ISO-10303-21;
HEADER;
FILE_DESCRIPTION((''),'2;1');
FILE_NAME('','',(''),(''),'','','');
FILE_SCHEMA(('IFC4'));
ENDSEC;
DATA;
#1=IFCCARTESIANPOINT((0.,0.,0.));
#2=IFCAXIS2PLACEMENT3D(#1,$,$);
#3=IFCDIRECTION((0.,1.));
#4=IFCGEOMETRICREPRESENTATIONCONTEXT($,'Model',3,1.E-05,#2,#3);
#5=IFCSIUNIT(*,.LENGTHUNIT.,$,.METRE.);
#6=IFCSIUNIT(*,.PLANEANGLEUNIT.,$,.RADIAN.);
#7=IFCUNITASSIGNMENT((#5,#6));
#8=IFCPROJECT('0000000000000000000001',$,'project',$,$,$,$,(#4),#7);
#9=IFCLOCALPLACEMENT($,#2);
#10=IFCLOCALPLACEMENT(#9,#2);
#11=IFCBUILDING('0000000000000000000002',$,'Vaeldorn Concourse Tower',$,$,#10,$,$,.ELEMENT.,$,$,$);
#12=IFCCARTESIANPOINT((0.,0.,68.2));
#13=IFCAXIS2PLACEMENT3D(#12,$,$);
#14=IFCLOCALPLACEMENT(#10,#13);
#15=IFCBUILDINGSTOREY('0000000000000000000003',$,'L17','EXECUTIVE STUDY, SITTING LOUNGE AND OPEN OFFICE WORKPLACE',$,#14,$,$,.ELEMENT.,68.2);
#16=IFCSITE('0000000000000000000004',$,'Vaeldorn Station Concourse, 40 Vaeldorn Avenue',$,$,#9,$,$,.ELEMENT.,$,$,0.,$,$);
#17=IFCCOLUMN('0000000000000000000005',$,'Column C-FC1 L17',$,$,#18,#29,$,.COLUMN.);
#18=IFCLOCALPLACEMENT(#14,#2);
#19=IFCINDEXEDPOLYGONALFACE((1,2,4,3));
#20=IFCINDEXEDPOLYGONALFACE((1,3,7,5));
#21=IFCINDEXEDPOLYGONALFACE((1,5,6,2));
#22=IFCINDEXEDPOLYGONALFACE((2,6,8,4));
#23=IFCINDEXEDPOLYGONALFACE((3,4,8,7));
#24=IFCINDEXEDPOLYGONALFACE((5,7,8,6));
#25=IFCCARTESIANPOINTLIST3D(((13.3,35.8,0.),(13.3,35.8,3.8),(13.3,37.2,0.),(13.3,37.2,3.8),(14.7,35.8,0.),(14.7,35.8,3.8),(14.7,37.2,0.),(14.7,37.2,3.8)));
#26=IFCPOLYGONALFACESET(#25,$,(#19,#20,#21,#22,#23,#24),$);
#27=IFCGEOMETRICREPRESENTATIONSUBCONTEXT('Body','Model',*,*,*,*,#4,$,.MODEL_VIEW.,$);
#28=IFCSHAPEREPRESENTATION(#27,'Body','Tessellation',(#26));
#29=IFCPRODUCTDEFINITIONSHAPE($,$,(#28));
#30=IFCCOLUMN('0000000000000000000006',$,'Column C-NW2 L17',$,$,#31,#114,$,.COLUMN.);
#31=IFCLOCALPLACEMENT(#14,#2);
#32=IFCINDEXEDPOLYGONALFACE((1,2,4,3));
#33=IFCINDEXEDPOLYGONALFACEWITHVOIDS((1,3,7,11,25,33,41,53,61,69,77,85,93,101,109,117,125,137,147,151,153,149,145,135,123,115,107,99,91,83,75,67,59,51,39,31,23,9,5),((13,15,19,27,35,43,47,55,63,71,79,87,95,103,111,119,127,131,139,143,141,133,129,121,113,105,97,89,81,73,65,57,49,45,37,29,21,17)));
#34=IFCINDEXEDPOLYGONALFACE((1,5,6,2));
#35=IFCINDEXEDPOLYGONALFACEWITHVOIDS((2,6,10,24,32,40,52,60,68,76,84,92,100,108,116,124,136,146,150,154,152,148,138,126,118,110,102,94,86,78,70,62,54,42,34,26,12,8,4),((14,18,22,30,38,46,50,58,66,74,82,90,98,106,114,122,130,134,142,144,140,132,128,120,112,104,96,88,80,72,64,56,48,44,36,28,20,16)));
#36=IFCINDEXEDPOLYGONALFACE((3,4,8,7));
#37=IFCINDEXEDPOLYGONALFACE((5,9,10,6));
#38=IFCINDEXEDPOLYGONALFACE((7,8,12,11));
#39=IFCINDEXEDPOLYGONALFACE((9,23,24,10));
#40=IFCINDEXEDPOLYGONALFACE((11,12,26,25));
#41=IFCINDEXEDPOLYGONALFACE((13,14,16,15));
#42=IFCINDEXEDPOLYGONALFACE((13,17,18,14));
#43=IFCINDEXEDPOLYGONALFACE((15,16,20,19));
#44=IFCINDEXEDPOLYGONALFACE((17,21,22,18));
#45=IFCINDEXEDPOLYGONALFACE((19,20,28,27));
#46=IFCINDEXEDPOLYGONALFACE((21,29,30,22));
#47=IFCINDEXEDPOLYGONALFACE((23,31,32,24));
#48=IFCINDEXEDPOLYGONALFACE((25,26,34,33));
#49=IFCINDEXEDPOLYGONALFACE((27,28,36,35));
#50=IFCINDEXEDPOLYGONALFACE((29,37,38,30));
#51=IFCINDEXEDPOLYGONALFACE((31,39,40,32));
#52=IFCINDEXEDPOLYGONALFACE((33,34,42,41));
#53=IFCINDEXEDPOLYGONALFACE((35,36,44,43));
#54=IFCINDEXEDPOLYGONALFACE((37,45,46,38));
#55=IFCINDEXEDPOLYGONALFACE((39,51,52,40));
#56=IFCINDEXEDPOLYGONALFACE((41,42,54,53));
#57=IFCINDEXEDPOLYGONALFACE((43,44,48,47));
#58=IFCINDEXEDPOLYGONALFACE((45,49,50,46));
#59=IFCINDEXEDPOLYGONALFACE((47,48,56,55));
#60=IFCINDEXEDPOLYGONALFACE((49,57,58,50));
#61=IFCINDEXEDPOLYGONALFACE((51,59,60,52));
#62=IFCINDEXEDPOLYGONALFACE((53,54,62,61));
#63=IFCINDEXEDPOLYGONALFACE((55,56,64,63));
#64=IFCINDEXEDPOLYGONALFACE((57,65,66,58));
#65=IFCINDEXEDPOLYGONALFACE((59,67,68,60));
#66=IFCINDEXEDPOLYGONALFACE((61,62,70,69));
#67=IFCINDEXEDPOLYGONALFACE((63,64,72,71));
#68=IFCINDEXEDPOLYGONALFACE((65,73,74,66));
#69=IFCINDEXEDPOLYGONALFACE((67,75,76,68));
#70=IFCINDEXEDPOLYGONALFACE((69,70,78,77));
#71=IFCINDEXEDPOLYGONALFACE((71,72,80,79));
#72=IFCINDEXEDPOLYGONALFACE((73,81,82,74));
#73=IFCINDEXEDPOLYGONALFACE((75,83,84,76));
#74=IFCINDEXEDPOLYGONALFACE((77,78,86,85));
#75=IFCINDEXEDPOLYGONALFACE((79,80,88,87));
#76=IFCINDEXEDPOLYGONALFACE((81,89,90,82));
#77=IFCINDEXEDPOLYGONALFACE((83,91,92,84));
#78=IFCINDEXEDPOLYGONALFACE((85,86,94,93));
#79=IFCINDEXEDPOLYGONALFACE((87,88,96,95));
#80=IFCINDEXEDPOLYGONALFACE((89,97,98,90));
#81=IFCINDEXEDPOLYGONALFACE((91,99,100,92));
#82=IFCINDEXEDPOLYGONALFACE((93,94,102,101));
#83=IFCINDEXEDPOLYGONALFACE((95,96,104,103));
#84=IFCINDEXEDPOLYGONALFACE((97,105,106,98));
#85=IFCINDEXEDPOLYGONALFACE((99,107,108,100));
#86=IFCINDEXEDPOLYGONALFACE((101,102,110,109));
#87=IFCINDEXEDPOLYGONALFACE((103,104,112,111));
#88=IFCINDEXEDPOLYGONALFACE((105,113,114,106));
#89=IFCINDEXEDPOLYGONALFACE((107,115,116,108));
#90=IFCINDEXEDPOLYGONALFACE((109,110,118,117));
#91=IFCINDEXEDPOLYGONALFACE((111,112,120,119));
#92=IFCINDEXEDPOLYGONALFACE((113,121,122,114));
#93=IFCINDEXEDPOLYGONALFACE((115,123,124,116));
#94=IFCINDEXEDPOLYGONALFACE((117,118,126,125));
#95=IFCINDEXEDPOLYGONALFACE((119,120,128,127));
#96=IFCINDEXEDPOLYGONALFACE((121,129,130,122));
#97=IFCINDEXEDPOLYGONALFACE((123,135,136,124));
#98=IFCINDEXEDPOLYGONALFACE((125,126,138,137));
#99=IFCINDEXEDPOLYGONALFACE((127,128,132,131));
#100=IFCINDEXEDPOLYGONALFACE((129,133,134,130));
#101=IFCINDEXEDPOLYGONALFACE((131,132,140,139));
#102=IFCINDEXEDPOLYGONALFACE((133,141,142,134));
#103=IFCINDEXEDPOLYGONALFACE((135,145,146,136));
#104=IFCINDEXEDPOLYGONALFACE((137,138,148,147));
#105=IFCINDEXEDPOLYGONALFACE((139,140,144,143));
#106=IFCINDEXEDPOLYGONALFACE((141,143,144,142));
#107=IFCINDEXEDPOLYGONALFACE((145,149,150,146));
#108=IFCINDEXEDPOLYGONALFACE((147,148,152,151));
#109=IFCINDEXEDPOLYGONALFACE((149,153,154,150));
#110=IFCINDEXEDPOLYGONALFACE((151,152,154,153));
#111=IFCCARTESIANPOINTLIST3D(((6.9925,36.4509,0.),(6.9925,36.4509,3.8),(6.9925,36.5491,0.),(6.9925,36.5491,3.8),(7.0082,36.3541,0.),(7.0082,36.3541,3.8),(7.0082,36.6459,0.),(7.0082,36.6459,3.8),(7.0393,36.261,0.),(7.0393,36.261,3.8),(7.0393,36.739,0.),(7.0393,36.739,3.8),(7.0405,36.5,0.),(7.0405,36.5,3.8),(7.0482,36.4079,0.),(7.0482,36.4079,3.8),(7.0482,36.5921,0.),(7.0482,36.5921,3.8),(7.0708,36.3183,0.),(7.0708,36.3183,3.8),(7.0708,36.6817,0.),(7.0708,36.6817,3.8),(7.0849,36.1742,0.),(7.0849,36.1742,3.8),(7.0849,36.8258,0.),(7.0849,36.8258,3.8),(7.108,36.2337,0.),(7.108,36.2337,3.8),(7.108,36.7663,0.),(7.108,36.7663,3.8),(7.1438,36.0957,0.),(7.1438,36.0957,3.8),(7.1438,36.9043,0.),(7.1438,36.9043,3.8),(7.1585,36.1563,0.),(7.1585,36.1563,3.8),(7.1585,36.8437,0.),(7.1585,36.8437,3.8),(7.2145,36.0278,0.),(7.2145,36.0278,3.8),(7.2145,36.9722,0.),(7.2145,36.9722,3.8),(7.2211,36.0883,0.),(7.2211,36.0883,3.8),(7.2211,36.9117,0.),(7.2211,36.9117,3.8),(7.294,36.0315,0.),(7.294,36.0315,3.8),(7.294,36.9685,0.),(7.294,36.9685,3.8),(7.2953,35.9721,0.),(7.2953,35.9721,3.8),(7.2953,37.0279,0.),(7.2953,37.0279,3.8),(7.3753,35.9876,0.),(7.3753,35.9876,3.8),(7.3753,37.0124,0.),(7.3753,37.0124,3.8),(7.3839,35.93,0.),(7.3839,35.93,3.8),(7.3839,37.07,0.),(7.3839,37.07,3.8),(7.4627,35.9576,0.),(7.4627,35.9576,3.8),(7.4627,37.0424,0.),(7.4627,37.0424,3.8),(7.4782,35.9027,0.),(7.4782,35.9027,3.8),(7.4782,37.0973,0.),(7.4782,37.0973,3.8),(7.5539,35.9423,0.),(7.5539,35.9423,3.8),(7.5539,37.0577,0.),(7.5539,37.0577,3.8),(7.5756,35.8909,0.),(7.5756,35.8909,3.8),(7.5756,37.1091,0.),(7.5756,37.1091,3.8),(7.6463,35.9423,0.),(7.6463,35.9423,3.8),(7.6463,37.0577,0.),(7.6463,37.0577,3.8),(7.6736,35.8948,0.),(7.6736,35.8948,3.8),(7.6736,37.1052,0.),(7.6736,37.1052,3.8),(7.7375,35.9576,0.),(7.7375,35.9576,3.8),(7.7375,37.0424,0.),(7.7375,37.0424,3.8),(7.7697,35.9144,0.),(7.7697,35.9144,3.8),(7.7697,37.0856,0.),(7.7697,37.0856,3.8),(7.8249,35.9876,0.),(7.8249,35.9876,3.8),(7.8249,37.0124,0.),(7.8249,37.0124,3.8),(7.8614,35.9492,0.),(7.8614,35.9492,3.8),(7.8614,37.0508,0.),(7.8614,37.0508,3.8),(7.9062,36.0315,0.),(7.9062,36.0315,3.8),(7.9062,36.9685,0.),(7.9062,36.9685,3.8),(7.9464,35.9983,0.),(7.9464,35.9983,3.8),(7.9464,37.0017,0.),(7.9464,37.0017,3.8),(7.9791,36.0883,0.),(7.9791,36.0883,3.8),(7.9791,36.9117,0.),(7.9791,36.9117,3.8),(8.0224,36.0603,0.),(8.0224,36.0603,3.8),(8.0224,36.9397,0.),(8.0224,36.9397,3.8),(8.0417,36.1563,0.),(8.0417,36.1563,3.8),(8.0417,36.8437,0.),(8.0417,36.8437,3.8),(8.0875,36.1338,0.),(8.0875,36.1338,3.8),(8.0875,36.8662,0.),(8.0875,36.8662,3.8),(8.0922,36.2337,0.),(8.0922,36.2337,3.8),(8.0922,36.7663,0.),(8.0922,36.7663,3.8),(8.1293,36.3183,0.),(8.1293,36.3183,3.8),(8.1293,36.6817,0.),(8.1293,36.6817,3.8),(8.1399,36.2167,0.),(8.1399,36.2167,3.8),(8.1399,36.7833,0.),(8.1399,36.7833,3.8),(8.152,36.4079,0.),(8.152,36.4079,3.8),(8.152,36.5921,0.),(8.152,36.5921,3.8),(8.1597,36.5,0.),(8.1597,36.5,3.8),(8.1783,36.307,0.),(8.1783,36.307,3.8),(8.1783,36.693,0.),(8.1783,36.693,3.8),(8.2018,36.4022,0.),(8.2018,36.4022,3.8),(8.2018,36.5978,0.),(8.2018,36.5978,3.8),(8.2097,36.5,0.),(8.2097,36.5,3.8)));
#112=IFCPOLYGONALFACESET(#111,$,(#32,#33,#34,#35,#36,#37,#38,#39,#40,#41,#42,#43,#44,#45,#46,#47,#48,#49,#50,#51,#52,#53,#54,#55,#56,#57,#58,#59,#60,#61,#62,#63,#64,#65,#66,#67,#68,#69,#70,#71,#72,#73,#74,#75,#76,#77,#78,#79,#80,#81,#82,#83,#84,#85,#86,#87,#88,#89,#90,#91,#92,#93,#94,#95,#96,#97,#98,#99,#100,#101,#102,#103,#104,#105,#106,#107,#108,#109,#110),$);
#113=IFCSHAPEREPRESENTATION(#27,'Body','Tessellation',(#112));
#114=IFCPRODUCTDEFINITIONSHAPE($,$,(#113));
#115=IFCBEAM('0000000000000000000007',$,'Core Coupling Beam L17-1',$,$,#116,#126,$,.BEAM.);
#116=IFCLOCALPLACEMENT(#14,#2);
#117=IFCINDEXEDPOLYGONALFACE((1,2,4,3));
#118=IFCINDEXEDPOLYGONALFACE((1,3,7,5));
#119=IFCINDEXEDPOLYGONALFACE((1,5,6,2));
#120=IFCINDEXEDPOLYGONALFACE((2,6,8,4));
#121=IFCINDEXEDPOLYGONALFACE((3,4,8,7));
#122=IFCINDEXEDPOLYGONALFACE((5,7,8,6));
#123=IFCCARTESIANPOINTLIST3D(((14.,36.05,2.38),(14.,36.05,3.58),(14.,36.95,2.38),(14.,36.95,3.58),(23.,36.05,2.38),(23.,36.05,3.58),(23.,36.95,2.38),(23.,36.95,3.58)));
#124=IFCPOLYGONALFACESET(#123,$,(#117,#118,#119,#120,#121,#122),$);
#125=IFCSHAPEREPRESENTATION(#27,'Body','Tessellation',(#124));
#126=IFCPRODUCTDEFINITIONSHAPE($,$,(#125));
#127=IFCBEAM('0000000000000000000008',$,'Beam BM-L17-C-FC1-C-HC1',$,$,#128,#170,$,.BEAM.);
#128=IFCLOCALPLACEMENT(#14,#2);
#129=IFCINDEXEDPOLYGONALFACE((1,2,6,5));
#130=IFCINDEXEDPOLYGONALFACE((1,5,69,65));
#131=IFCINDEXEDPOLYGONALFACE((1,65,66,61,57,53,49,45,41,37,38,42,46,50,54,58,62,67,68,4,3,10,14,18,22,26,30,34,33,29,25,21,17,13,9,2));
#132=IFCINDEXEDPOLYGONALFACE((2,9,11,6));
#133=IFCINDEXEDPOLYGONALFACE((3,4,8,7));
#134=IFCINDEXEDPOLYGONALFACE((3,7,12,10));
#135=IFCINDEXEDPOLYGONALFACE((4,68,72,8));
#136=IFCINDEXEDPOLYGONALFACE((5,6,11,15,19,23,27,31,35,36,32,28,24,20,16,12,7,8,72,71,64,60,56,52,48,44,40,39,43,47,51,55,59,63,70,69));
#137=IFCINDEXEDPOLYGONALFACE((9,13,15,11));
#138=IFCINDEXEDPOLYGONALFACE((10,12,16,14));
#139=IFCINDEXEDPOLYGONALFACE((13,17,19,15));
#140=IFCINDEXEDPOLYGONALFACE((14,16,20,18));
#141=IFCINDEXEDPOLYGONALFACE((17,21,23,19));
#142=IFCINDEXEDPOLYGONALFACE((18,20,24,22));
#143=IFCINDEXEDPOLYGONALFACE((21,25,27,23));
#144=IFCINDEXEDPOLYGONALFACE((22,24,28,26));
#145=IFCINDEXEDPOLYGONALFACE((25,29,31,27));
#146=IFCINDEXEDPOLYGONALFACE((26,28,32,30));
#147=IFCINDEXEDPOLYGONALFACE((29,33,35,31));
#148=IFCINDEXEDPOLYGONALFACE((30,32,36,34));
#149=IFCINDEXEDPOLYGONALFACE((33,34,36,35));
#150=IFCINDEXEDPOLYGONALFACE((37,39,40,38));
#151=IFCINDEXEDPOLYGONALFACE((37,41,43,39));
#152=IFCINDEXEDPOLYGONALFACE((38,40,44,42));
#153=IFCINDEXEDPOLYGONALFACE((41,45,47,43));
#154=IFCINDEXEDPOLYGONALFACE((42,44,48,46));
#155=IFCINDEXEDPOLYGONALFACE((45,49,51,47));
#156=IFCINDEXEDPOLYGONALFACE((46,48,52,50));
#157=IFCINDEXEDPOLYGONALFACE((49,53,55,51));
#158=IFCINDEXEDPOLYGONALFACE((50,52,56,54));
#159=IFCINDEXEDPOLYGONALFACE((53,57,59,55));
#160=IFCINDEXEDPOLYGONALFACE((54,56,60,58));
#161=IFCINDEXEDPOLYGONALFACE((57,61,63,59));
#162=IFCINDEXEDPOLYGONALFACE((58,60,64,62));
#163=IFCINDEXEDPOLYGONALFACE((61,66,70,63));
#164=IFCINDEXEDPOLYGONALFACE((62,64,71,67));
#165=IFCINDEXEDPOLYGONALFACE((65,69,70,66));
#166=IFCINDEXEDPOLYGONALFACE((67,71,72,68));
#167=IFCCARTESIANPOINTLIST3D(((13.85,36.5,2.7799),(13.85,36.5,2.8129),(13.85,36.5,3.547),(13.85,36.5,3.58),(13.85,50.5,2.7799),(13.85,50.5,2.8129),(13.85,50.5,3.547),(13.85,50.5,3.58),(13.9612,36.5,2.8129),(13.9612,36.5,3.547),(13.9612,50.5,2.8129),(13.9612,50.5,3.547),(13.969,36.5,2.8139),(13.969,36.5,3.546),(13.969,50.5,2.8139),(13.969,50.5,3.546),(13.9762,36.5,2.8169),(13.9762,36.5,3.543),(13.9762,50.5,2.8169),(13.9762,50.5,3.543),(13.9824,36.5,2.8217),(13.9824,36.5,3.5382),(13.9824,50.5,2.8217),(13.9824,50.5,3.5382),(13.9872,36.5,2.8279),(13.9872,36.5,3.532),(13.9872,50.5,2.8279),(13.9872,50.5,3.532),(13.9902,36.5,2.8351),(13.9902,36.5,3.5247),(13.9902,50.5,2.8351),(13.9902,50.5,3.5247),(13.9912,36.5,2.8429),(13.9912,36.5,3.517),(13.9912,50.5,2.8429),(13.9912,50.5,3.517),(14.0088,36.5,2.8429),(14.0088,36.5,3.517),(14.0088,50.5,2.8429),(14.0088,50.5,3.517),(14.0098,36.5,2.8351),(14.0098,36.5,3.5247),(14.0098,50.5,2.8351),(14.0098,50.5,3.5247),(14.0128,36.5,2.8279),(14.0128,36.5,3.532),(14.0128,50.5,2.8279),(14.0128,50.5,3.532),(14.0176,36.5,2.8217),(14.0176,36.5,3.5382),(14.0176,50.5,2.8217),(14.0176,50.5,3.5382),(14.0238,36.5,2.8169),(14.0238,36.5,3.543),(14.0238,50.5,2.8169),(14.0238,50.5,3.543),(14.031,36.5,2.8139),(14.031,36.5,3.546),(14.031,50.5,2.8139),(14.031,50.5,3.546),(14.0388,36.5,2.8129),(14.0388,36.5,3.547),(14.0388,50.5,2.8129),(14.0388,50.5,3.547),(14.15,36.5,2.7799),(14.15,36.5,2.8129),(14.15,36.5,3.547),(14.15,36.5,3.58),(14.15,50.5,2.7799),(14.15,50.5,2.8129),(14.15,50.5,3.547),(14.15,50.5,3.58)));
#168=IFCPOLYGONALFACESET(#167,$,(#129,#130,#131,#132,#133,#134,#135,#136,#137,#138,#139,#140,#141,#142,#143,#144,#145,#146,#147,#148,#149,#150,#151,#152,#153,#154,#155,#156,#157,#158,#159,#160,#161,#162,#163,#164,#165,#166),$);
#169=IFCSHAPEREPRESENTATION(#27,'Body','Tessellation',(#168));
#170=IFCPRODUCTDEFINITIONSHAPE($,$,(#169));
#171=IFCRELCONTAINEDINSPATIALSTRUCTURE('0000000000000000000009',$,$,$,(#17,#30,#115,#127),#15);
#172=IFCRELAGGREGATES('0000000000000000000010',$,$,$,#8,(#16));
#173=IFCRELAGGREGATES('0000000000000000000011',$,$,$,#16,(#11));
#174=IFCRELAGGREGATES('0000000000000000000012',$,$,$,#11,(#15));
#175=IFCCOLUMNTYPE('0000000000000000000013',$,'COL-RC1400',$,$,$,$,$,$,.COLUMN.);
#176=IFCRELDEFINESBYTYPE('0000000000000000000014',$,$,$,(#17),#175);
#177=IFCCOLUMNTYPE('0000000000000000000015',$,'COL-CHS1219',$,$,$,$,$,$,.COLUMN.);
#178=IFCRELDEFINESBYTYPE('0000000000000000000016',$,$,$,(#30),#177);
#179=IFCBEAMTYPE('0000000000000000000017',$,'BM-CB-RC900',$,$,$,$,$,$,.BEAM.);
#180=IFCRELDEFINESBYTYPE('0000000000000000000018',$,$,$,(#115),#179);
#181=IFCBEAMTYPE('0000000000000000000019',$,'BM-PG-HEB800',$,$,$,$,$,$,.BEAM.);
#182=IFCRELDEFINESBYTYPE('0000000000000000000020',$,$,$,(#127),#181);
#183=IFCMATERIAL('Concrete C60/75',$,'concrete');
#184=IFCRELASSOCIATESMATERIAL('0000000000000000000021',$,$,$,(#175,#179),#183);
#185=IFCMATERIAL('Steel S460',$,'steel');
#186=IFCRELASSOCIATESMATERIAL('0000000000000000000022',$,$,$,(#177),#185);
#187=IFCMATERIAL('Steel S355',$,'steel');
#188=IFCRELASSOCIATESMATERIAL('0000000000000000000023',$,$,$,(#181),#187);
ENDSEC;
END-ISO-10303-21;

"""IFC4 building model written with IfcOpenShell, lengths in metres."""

from ifc_helpers import new_model, si_unit, direction, frame, origin, origin_2d, place, context, subcontext, project, spatial, rectangle, hollow_circle, i_section, extrude, source, transform, mapped, material, material_profile, profile_set, type_object, element, save


model = new_model("IFC4")

# Units and contexts
model_context = context("Model", 3, precision=1e-05, world=origin(), true_north=direction((0.0, 1.0)))
body_context = subcontext(model_context, "Body", "Model", "MODEL_VIEW")
ifc_project = project(units=[si_unit("LENGTHUNIT", "METRE"), si_unit("PLANEANGLEUNIT", "RADIAN")], contexts=[model_context])

# Site, building, storey
site_placement = place(None, origin())
site = spatial("IfcSite", under=ifc_project, at=site_placement, Name="Vaeldorn Station Concourse, 40 Vaeldorn Avenue", CompositionType="ELEMENT", RefElevation=0.0)
building_placement = place(site_placement, origin())
building = spatial("IfcBuilding", under=site, at=building_placement, Name="Vaeldorn Concourse Tower", CompositionType="ELEMENT")
storey_placement = place(building_placement, frame((0.0, 0.0, 68.2)))
storey = spatial("IfcBuildingStorey", under=building, at=storey_placement, Name="L17", Description="EXECUTIVE STUDY, SITTING LOUNGE AND OPEN OFFICE WORKPLACE", CompositionType="ELEMENT", Elevation=68.2)

# Columns
ifc_material_1 = material(Name="Concrete C60/75", Category="concrete")
ifc_material_profile_1 = material_profile(ifc_material_1, rectangle(XDim=1.3999, YDim=1.3999, at=origin_2d()), Name="RC 1400x1400")
ifc_profile_set_1 = profile_set([ifc_material_profile_1], Name="Concrete C60/75")
column_type_1 = type_object("IfcColumnType", Name="COL-RC1400", PredefinedType="COLUMN", material=ifc_profile_set_1)
shared_shape_1 = source(origin(), body_context, "Body", "SweptSolid", [
    extrude(rectangle(XDim=1.3999, YDim=1.3999, at=origin_2d()), origin(), (0.0, 0.0, 1.0), 3.8),
])
column_1_placement = place(storey_placement, frame((14.0, 36.5, 0.0), z_axis=(0.0, 0.0, 1.0), x_axis=(1.0, 0.0, 0.0)))
element("IfcColumn", 1, at=column_1_placement, inside=storey, type_object=column_type_1, Name="Column C-FC1 L17", PredefinedType="COLUMN", context=body_context, shape_type="MappedRepresentation", body=[
    mapped(shared_shape_1, transform((0.0, 0.0, 0.0), scale=1.0)),
])
ifc_material_2 = material(Name="Steel S460", Category="steel")
ifc_material_profile_2 = material_profile(ifc_material_2, hollow_circle(Radius=0.6096, WallThickness=0.05, at=origin_2d()), Name="CHS 1219x50")
ifc_profile_set_2 = profile_set([ifc_material_profile_2], Name="Steel S460")
column_type_2 = type_object("IfcColumnType", Name="COL-CHS1219", PredefinedType="COLUMN", material=ifc_profile_set_2)
shared_shape_2 = source(origin(), body_context, "Body", "SweptSolid", [
    extrude(hollow_circle(Radius=0.6096, WallThickness=0.05, at=origin_2d()), origin(), (0.0, 0.0, 1.0), 3.8),
])
column_2_placement = place(storey_placement, frame((7.6001, 36.5, 0.0), z_axis=(0.0, 0.0, 1.0), x_axis=(1.0, 0.0, 0.0)))
element("IfcColumn", 2, at=column_2_placement, inside=storey, type_object=column_type_2, Name="Column C-NW2 L17", PredefinedType="COLUMN", context=body_context, shape_type="MappedRepresentation", body=[
    mapped(shared_shape_2, transform((0.0, 0.0, 0.0), scale=1.0)),
])

# Beams
ifc_material_profile_3 = material_profile(ifc_material_1, rectangle(XDim=0.8999, YDim=1.2, at=origin_2d()), Name="RC 900x1200")
ifc_profile_set_3 = profile_set([ifc_material_profile_3], Name="Concrete C60/75")
beam_type_1 = type_object("IfcBeamType", Name="BM-CB-RC900", PredefinedType="BEAM", material=ifc_profile_set_3)
shared_shape_3 = source(origin(), body_context, "Body", "SweptSolid", [
    extrude(rectangle(XDim=0.8999, YDim=1.2, at=origin_2d()), origin(), (0.0, 0.0, 1.0), 9.0),
])
beam_1_placement = place(storey_placement, frame((14.0, 36.5, 2.98), z_axis=(1.0, 0.0, 0.0), x_axis=(0.0, 1.0, 0.0)))
element("IfcBeam", 3, at=beam_1_placement, inside=storey, type_object=beam_type_1, Name="Core Coupling Beam L17-1", PredefinedType="BEAM", context=body_context, shape_type="MappedRepresentation", body=[
    mapped(shared_shape_3, transform((0.0, 0.0, 0.0), scale=1.0)),
])
ifc_material_3 = material(Name="Steel S355", Category="steel")
ifc_material_profile_4 = material_profile(ifc_material_3, i_section(OverallWidth=0.3, OverallDepth=0.8, WebThickness=0.0176, FlangeThickness=0.033, FilletRadius=0.03, at=origin_2d()), Name="HEB 800")
ifc_profile_set_4 = profile_set([ifc_material_profile_4], Name="Steel S355")
beam_type_2 = type_object("IfcBeamType", Name="BM-PG-HEB800", PredefinedType="BEAM", material=ifc_profile_set_4)
shared_shape_4 = source(origin(), body_context, "Body", "SweptSolid", [
    extrude(i_section(OverallWidth=0.3, OverallDepth=0.8, WebThickness=0.0176, FlangeThickness=0.033, FilletRadius=0.03, at=origin_2d()), origin(), (0.0, 0.0, 1.0), 14.0),
])
beam_2_placement = place(storey_placement, frame((14.0, 36.5, 3.1799), z_axis=(0.0, 1.0, 0.0), x_axis=(-1.0, 0.0, 0.0)))
element("IfcBeam", 4, at=beam_2_placement, inside=storey, type_object=beam_type_2, Name="Beam BM-L17-C-FC1-C-HC1", PredefinedType="BEAM", context=body_context, shape_type="MappedRepresentation", body=[
    mapped(shared_shape_4, transform((0.0, 0.0, 0.0), scale=1.0)),
])

save(model, "model.ifc")
